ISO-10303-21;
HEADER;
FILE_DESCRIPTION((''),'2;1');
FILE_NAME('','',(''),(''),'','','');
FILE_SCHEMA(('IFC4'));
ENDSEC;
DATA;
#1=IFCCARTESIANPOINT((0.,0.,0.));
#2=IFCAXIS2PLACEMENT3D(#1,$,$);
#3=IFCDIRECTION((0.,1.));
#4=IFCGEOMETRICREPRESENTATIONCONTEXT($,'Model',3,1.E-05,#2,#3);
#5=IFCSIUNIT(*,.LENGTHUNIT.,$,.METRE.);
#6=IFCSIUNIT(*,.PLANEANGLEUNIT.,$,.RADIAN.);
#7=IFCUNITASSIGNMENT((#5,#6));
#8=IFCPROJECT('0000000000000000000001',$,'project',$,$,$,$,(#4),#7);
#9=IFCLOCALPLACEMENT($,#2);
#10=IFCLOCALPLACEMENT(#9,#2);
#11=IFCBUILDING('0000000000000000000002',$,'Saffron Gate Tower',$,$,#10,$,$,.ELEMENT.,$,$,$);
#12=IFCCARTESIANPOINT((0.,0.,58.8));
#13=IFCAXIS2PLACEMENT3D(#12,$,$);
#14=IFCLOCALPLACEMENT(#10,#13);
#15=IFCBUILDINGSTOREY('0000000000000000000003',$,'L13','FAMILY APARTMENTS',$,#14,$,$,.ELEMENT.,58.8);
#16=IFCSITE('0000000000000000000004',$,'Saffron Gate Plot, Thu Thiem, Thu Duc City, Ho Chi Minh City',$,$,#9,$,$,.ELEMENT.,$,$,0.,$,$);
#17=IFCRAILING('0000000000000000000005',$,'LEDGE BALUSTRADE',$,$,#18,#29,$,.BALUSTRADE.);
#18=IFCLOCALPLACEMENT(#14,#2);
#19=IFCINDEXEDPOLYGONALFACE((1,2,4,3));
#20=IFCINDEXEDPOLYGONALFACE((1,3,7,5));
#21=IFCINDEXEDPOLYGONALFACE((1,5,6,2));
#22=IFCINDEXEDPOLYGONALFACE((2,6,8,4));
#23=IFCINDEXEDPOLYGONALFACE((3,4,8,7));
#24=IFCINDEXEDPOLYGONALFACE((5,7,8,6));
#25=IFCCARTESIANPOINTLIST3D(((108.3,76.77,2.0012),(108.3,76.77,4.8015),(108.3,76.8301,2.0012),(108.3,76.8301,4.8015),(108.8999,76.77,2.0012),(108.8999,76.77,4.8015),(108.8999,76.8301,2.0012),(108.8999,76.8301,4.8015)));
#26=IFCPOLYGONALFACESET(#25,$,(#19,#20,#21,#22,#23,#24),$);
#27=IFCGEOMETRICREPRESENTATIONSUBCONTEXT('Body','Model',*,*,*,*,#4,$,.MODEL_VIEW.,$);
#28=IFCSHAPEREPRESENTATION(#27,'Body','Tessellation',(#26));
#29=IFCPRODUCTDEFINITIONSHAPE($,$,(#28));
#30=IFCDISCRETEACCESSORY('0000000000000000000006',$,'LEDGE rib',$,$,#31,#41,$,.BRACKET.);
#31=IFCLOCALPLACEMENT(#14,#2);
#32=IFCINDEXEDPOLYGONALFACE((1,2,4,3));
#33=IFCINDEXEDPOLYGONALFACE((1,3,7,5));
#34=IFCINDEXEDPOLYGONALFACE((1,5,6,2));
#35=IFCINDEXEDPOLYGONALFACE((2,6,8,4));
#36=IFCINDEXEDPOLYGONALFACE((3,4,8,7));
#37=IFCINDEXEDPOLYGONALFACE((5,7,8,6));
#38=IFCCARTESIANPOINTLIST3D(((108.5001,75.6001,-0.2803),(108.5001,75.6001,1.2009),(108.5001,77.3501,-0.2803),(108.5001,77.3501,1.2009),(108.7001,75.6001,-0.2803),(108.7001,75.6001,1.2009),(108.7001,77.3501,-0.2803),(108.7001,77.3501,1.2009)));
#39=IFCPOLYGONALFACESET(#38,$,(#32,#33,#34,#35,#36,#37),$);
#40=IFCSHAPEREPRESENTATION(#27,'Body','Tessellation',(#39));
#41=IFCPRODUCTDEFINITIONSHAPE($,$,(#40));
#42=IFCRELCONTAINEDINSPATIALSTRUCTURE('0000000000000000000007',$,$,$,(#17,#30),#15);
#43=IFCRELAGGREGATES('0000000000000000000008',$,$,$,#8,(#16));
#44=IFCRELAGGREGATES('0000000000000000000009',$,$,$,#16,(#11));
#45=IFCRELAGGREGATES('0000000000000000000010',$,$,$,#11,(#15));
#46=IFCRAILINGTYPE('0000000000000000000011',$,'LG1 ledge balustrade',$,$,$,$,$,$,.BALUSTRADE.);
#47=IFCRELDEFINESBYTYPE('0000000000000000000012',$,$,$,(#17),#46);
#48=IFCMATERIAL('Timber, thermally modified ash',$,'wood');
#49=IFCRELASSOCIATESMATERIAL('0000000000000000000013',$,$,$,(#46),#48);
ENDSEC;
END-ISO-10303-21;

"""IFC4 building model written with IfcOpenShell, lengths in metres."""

from ifc_helpers import new_model, si_unit, direction, frame, origin, origin_2d, place, context, subcontext, project, spatial, rectangle, extrude, material, type_object, element, save


model = new_model("IFC4")

# Units and contexts
model_context = context("Model", 3, precision=1e-05, world=origin(), true_north=direction((0.0, 1.0)))
body_context = subcontext(model_context, "Body", "Model", "MODEL_VIEW")
ifc_project = project(units=[si_unit("LENGTHUNIT", "METRE"), si_unit("PLANEANGLEUNIT", "RADIAN")], contexts=[model_context])

# Site, building, storey
site_placement = place(None, origin())
site = spatial("IfcSite", under=ifc_project, at=site_placement, Name="Saffron Gate Plot, Thu Thiem, Thu Duc City, Ho Chi Minh City", CompositionType="ELEMENT", RefElevation=0.0)
building_placement = place(site_placement, origin())
building = spatial("IfcBuilding", under=site, at=building_placement, Name="Saffron Gate Tower", CompositionType="ELEMENT")
storey_placement = place(building_placement, frame((0.0, 0.0, 58.8)))
storey = spatial("IfcBuildingStorey", under=building, at=storey_placement, Name="L13", Description="FAMILY APARTMENTS", CompositionType="ELEMENT", Elevation=58.8)

# Shared definitions
ifc_material_1 = material(Name="Timber, thermally modified ash", Category="wood")

# Railing
railing_type_1 = type_object("IfcRailingType", Name="LG1 ledge balustrade", PredefinedType="BALUSTRADE", material=ifc_material_1)
railing_1_placement = place(storey_placement, frame((108.8999, 76.8, 2.0012)))
element("IfcRailing", 1, at=railing_1_placement, inside=storey, type_object=railing_type_1, Name="LEDGE BALUSTRADE", PredefinedType="BALUSTRADE", context=body_context, shape_type="SweptSolid", body=[
    extrude(rectangle(XDim=0.0601, YDim=2.8003, at=origin_2d()), frame((0.0, 0.0, 1.4001), z_axis=(-1.0, 0.0, 0.0), x_axis=(0.0, -1.0, 0.0)), (0.0, 0.0, 1.0), 0.5999),
])

# Discrete accessory
discrete_accessory_placement = place(storey_placement, frame((108.6001, 76.4751, -0.2803), z_axis=(0.0, 0.0, 1.0), x_axis=(-1.0, 0.0, 0.0)))
element("IfcDiscreteAccessory", 2, at=discrete_accessory_placement, inside=storey, Name="LEDGE rib", PredefinedType="BRACKET", context=body_context, shape_type="SweptSolid", body=[
    extrude(rectangle(XDim=0.2, YDim=1.75, at=origin_2d()), origin(), (0.0, 0.0, 1.0), 1.4812),
])

save(model, "model.ifc")
